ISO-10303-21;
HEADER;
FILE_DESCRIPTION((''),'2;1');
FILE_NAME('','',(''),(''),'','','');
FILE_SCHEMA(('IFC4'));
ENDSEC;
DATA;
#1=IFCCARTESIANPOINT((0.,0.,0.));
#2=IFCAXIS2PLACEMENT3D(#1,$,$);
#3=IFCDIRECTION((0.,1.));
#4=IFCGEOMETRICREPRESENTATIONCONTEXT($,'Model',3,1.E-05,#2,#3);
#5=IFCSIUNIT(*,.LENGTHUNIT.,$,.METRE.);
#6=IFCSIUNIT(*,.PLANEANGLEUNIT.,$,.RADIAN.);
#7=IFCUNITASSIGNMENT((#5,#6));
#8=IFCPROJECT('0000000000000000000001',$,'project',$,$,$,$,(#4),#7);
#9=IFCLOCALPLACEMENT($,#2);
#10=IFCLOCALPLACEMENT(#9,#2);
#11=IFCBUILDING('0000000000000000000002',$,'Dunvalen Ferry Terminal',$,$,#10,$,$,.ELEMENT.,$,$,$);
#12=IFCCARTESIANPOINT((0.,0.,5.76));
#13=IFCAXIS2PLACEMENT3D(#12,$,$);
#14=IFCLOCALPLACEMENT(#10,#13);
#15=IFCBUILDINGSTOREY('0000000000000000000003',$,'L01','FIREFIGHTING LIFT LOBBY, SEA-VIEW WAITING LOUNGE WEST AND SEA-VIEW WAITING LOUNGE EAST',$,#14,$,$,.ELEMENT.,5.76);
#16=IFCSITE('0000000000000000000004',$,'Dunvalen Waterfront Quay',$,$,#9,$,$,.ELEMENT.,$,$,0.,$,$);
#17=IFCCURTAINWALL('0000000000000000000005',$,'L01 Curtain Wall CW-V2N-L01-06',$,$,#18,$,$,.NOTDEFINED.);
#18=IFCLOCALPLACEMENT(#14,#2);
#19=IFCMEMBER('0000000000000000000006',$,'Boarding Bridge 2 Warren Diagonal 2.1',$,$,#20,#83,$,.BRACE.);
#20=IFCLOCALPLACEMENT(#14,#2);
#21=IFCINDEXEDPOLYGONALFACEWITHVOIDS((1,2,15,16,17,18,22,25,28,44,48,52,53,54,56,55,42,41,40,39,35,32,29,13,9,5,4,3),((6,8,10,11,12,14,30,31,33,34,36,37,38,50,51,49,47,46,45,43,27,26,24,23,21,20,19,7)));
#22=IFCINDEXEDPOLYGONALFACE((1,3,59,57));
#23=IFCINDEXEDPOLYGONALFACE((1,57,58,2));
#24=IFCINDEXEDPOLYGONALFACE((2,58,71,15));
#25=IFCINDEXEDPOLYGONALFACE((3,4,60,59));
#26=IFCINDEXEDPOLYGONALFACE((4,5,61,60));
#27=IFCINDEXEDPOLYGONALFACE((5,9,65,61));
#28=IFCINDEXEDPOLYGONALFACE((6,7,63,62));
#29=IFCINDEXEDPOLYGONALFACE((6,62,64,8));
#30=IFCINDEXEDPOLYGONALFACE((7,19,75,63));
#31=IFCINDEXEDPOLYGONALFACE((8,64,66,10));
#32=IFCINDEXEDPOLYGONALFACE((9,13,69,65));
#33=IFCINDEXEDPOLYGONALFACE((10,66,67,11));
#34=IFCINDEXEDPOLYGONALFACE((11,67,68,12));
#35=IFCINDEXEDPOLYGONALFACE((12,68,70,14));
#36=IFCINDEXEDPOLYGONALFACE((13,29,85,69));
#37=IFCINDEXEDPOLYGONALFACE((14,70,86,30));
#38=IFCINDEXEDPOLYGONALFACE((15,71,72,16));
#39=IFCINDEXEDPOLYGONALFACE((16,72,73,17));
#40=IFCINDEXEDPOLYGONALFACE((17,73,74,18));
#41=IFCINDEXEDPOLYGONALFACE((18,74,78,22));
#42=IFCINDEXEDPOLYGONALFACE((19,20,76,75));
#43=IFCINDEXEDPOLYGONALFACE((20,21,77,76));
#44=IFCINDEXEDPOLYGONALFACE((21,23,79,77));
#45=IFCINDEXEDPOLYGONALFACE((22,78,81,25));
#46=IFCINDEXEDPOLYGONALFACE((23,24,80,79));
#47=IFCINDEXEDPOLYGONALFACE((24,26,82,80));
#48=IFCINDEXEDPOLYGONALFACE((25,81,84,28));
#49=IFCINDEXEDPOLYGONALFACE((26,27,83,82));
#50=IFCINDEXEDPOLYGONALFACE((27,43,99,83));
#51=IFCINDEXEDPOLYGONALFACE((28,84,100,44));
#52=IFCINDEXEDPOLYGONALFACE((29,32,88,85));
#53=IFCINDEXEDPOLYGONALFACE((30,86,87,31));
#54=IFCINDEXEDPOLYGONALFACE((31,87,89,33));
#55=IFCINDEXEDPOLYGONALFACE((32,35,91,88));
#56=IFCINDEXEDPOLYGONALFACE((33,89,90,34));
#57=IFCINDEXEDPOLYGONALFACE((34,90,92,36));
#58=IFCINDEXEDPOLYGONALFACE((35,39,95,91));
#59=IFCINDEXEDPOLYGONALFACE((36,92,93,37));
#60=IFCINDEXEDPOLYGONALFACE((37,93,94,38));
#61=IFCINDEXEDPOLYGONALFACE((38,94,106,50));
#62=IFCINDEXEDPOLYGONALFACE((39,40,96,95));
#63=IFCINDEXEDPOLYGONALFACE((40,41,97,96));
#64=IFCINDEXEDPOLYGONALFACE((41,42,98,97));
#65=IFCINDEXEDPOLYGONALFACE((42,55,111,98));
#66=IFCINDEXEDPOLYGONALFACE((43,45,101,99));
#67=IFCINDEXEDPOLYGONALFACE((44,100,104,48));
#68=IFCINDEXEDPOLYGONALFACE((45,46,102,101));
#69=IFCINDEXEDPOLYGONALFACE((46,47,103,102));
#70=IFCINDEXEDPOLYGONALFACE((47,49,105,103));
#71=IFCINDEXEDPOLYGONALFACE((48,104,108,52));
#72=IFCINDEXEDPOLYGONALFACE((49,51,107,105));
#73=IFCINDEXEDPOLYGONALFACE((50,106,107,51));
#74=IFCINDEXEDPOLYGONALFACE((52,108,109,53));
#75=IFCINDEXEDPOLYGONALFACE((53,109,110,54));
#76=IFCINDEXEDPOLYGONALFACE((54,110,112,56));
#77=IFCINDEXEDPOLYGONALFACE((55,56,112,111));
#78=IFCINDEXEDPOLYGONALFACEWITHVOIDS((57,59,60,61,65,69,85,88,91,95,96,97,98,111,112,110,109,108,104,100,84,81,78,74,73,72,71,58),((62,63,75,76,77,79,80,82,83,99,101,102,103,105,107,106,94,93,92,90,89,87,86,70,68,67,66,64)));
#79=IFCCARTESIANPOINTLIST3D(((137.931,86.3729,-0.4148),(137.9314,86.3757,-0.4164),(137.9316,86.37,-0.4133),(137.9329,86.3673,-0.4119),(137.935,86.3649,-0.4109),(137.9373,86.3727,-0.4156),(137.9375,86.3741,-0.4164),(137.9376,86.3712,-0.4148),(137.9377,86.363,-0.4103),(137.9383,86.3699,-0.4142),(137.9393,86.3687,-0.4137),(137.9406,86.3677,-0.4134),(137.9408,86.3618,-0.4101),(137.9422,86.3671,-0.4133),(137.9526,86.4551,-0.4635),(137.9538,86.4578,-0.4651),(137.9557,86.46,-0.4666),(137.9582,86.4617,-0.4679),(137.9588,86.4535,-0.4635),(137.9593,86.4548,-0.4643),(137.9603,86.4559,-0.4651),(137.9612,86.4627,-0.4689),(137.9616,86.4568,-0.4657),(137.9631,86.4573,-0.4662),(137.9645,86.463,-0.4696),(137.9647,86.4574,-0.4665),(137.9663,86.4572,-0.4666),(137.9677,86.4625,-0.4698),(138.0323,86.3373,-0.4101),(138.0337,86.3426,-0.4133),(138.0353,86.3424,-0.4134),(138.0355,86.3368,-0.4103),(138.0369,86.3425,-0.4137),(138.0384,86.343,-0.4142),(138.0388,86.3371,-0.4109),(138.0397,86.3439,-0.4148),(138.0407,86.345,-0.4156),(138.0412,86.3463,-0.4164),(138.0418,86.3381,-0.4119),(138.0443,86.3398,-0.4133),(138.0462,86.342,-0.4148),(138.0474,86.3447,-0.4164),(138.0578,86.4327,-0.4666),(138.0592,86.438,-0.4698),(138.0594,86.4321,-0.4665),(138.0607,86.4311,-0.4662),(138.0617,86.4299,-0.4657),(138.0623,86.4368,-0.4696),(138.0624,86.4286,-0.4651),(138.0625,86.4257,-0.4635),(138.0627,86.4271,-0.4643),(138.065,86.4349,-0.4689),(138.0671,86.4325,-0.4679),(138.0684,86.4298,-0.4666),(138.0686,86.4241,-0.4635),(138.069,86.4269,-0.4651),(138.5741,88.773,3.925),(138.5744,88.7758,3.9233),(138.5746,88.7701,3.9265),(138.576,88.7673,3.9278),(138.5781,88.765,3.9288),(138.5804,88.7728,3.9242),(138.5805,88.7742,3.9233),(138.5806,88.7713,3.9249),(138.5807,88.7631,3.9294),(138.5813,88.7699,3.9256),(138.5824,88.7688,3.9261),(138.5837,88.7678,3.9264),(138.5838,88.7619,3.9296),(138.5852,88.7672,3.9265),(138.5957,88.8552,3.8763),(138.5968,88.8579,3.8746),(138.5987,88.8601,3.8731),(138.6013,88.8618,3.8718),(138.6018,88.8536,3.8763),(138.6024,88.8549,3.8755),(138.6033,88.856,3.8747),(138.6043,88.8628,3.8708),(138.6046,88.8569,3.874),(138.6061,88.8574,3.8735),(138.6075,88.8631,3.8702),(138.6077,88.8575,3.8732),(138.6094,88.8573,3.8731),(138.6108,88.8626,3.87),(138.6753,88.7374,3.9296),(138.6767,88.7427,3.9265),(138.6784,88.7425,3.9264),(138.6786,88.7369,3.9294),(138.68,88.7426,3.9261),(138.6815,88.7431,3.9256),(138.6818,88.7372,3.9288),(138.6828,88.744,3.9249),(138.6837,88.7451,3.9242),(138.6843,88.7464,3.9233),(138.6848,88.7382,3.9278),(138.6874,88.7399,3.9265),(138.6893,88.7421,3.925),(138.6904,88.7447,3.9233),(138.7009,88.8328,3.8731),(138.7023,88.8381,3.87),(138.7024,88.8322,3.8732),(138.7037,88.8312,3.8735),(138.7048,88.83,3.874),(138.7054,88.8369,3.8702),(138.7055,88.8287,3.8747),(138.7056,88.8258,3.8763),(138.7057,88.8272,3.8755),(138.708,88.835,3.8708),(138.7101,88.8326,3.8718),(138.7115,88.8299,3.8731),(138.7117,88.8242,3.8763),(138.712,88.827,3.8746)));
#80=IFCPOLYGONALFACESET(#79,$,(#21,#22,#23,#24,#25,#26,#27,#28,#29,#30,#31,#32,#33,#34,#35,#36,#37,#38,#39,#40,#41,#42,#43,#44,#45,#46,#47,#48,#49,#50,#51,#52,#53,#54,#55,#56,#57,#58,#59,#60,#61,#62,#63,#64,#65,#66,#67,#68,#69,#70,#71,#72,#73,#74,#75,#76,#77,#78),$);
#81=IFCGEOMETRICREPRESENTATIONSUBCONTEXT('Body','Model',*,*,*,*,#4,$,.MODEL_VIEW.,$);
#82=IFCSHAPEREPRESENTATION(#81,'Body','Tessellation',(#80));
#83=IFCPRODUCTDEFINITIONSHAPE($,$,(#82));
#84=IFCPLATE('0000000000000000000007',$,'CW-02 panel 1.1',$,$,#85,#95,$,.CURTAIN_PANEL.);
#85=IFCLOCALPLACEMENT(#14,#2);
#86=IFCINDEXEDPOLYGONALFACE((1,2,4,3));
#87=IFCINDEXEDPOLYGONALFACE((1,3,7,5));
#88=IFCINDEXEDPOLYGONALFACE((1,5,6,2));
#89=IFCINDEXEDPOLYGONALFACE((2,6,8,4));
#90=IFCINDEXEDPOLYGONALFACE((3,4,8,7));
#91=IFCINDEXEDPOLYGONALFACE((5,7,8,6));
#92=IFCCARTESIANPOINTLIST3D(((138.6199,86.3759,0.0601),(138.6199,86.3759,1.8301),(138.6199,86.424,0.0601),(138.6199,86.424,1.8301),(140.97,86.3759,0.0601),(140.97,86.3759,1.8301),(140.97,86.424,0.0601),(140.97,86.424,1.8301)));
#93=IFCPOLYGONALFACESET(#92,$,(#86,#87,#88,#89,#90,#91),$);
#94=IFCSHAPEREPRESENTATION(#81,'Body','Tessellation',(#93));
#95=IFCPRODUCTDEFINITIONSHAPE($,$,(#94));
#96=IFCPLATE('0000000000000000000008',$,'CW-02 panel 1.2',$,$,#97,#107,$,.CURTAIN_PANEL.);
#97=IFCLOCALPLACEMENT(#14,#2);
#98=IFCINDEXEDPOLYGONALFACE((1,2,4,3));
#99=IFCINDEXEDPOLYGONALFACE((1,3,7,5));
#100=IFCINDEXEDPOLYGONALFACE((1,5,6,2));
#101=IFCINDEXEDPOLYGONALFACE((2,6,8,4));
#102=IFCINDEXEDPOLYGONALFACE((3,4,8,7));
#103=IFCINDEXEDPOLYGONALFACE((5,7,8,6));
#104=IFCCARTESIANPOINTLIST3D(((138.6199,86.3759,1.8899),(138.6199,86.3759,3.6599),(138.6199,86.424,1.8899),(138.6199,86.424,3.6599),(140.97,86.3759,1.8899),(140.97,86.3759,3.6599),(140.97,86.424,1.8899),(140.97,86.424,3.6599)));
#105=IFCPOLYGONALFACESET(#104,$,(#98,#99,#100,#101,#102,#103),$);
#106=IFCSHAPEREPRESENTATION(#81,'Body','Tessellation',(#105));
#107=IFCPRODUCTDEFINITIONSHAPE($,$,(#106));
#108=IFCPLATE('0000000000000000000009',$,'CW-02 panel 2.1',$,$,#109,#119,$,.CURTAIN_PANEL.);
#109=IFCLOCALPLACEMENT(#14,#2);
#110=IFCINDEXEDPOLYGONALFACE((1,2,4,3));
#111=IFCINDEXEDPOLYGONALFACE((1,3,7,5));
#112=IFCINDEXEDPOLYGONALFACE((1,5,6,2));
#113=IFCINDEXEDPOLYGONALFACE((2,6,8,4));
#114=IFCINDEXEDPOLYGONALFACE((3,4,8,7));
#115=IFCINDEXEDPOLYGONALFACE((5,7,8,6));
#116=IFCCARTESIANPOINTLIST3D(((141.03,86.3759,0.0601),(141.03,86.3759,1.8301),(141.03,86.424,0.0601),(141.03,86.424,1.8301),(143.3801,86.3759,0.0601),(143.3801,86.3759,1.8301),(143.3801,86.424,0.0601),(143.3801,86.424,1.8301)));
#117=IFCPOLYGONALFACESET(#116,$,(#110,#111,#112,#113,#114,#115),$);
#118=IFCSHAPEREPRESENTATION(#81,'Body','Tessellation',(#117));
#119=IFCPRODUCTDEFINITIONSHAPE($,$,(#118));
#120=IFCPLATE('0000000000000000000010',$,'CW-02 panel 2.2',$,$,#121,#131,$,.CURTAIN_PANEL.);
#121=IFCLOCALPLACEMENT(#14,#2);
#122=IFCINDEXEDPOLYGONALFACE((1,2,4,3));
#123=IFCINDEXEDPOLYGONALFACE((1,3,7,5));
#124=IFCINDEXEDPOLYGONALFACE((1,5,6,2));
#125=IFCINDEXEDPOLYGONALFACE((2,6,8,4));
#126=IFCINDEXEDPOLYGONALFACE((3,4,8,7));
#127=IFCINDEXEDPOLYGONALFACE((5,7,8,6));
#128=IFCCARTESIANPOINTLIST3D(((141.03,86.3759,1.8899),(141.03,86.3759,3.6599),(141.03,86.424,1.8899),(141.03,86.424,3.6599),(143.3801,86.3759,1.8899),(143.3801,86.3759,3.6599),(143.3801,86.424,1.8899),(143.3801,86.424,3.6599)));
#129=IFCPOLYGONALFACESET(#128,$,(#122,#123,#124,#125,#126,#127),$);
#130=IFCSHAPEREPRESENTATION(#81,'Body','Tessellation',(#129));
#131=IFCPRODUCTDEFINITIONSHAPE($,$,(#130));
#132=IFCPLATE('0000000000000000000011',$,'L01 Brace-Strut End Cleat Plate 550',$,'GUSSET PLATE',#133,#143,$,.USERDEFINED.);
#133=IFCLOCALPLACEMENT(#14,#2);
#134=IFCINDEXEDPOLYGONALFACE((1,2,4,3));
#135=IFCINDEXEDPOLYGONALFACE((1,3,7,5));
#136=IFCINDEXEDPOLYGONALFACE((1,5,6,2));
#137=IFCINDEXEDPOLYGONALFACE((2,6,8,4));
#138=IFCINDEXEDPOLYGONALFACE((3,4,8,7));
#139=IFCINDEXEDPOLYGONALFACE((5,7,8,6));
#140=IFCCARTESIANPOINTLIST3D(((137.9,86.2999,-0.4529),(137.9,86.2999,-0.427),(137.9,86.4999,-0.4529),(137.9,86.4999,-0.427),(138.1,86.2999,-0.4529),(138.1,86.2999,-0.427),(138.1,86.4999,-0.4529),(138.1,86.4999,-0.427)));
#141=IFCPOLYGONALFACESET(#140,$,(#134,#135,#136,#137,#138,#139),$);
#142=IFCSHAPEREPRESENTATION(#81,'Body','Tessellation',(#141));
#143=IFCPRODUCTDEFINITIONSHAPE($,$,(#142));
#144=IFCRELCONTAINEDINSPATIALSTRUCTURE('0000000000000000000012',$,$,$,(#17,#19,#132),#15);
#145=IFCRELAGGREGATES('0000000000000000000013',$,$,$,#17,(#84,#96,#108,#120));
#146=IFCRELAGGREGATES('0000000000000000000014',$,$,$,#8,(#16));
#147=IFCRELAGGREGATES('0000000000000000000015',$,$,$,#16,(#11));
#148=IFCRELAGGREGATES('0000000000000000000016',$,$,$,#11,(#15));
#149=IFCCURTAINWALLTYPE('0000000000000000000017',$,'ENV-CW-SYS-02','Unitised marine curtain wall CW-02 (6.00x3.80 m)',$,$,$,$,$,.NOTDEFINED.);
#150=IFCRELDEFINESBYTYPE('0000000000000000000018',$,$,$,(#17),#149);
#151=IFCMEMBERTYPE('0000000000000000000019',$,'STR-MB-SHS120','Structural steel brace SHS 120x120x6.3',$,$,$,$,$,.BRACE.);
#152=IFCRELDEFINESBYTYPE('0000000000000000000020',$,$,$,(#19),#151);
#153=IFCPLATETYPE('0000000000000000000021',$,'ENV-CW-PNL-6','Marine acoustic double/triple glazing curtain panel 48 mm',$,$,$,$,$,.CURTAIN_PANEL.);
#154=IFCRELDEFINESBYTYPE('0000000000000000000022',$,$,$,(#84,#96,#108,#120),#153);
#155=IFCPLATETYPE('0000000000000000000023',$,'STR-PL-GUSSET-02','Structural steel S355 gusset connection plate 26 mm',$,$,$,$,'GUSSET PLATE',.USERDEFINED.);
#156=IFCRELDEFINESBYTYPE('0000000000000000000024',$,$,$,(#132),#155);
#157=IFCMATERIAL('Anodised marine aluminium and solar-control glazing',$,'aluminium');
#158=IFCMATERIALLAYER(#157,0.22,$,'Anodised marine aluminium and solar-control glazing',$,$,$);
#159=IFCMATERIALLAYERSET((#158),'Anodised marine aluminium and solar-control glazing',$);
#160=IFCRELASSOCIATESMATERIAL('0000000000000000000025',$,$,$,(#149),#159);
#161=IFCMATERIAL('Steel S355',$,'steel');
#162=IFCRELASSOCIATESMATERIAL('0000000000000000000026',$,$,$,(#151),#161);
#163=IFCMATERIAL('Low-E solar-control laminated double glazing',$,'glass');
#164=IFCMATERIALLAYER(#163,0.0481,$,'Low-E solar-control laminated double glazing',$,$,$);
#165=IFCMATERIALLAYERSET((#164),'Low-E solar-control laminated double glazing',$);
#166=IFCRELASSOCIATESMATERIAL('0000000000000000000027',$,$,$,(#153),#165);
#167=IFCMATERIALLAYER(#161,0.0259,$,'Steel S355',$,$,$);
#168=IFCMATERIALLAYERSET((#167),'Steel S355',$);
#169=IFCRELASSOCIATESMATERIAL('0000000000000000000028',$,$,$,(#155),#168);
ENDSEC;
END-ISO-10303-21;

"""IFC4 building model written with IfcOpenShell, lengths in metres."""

from ifc_helpers import new_model, si_unit, direction, frame, origin, origin_2d, place, context, subcontext, project, spatial, rectangle, hollow_rectangle, extrude, material, layer, layer_set, material_profile, profile_set, type_object, element, aggregate, save


model = new_model("IFC4")

# Units and contexts
model_context = context("Model", 3, precision=1e-05, world=origin(), true_north=direction((0.0, 1.0)))
body_context = subcontext(model_context, "Body", "Model", "MODEL_VIEW")
ifc_project = project(units=[si_unit("LENGTHUNIT", "METRE"), si_unit("PLANEANGLEUNIT", "RADIAN")], contexts=[model_context])

# Site, building, storey
site_placement = place(None, origin())
site = spatial("IfcSite", under=ifc_project, at=site_placement, Name="Dunvalen Waterfront Quay", CompositionType="ELEMENT", RefElevation=0.0)
building_placement = place(site_placement, origin())
building = spatial("IfcBuilding", under=site, at=building_placement, Name="Dunvalen Ferry Terminal", CompositionType="ELEMENT")
storey_placement = place(building_placement, frame((0.0, 0.0, 5.76)))
storey = spatial("IfcBuildingStorey", under=building, at=storey_placement, Name="L01", Description="FIREFIGHTING LIFT LOBBY, SEA-VIEW WAITING LOUNGE WEST AND SEA-VIEW WAITING LOUNGE EAST", CompositionType="ELEMENT", Elevation=5.76)

# Curtain wall
ifc_material_1 = material(Name="Anodised marine aluminium and solar-control glazing", Category="aluminium")
ifc_layer_1 = layer(ifc_material_1, 0.22, Name="Anodised marine aluminium and solar-control glazing")
ifc_layer_set_1 = layer_set([ifc_layer_1], Name="Anodised marine aluminium and solar-control glazing")
curtain_wall_type = type_object("IfcCurtainWallType", Name="ENV-CW-SYS-02", Description="Unitised marine curtain wall CW-02 (6.00x3.80 m)", PredefinedType="NOTDEFINED", material=ifc_layer_set_1)
curtain_wall_placement = place(storey_placement, origin())
curtain_wall = element("IfcCurtainWall", 1, at=curtain_wall_placement, inside=storey, type_object=curtain_wall_type, Name="L01 Curtain Wall CW-V2N-L01-06", PredefinedType="NOTDEFINED")

# Shared definitions
ifc_material_2 = material(Name="Steel S355", Category="steel")

# Member
ifc_material_profile_1 = material_profile(ifc_material_2, hollow_rectangle(XDim=0.1201, YDim=0.1201, WallThickness=0.0063, InnerFilletRadius=0.0063, OuterFilletRadius=0.0127, at=origin_2d()), Name="Steel S355")
ifc_profile_set_1 = profile_set([ifc_material_profile_1], Name="Steel S355")
member_type_1 = type_object("IfcMemberType", Name="STR-MB-SHS120", Description="Structural steel brace SHS 120x120x6.3", PredefinedType="BRACE", material=ifc_profile_set_1)
member_1_placement = place(storey_placement, frame((138.0, 86.3999, -0.4399), z_axis=(0.128591, 0.479948, 0.867822), x_axis=(-0.965931, 0.2588, 0.0)))
element("IfcMember", 2, at=member_1_placement, inside=storey, type_object=member_type_1, Name="Boarding Bridge 2 Warren Diagonal 2.1", PredefinedType="BRACE", context=body_context, shape_type="SweptSolid", body=[
    extrude(hollow_rectangle(XDim=0.1201, YDim=0.1201, WallThickness=0.0063, InnerFilletRadius=0.0063, OuterFilletRadius=0.0127, at=origin_2d()), origin(), (0.0, 0.0, 1.0), 5.0007),
])

# Plates
ifc_material_3 = material(Name="Low-E solar-control laminated double glazing", Category="glass")
ifc_layer_2 = layer(ifc_material_3, 0.0481, Name="Low-E solar-control laminated double glazing")
ifc_layer_set_2 = layer_set([ifc_layer_2], Name="Low-E solar-control laminated double glazing")
plate_type_1 = type_object("IfcPlateType", Name="ENV-CW-PNL-6", Description="Marine acoustic double/triple glazing curtain panel 48 mm", PredefinedType="CURTAIN_PANEL", material=ifc_layer_set_2)
plate_1_placement = place(storey_placement, frame((139.7949, 86.3999, 0.0601), z_axis=(0.0, 0.0, 1.0), x_axis=(1.0, 0.0, 0.0)))
plate_1 = element("IfcPlate", 3, at=plate_1_placement, type_object=plate_type_1, Name="CW-02 panel 1.1", PredefinedType="CURTAIN_PANEL", context=body_context, shape_type="SweptSolid", body=[
    extrude(rectangle(XDim=2.3501, YDim=0.0481, at=origin_2d()), origin(), (0.0, 0.0, 1.0), 1.77),
])
plate_2_placement = place(storey_placement, frame((139.7949, 86.3999, 1.8899), z_axis=(0.0, 0.0, 1.0), x_axis=(1.0, 0.0, 0.0)))
plate_2 = element("IfcPlate", 4, at=plate_2_placement, type_object=plate_type_1, Name="CW-02 panel 1.2", PredefinedType="CURTAIN_PANEL", context=body_context, shape_type="SweptSolid", body=[
    extrude(rectangle(XDim=2.3501, YDim=0.0481, at=origin_2d()), origin(), (0.0, 0.0, 1.0), 1.77),
])
plate_3_placement = place(storey_placement, frame((142.2051, 86.3999, 0.0601), z_axis=(0.0, 0.0, 1.0), x_axis=(1.0, 0.0, 0.0)))
plate_3 = element("IfcPlate", 5, at=plate_3_placement, type_object=plate_type_1, Name="CW-02 panel 2.1", PredefinedType="CURTAIN_PANEL", context=body_context, shape_type="SweptSolid", body=[
    extrude(rectangle(XDim=2.3501, YDim=0.0481, at=origin_2d()), origin(), (0.0, 0.0, 1.0), 1.77),
])
plate_4_placement = place(storey_placement, frame((142.2051, 86.3999, 1.8899), z_axis=(0.0, 0.0, 1.0), x_axis=(1.0, 0.0, 0.0)))
plate_4 = element("IfcPlate", 6, at=plate_4_placement, type_object=plate_type_1, Name="CW-02 panel 2.2", PredefinedType="CURTAIN_PANEL", context=body_context, shape_type="SweptSolid", body=[
    extrude(rectangle(XDim=2.3501, YDim=0.0481, at=origin_2d()), origin(), (0.0, 0.0, 1.0), 1.77),
])
aggregate(curtain_wall, [plate_1, plate_2, plate_3, plate_4])
ifc_layer_3 = layer(ifc_material_2, 0.0259, Name="Steel S355")
ifc_layer_set_3 = layer_set([ifc_layer_3], Name="Steel S355")
plate_type_2 = type_object("IfcPlateType", Name="STR-PL-GUSSET-02", Description="Structural steel S355 gusset connection plate 26 mm", ElementType="GUSSET PLATE", PredefinedType="USERDEFINED", material=ifc_layer_set_3)
plate_5_placement = place(storey_placement, frame((138.0, 86.3999, -0.4529), z_axis=(0.0, 0.0, 1.0), x_axis=(1.0, 0.0, 0.0)))
element("IfcPlate", 7, at=plate_5_placement, inside=storey, type_object=plate_type_2, Name="L01 Brace-Strut End Cleat Plate 550", ObjectType="GUSSET PLATE", PredefinedType="USERDEFINED", context=body_context, shape_type="SweptSolid", body=[
    extrude(rectangle(XDim=0.2, YDim=0.2, at=origin_2d()), origin(), (0.0, 0.0, 1.0), 0.0259),
])

save(model, "model.ifc")
